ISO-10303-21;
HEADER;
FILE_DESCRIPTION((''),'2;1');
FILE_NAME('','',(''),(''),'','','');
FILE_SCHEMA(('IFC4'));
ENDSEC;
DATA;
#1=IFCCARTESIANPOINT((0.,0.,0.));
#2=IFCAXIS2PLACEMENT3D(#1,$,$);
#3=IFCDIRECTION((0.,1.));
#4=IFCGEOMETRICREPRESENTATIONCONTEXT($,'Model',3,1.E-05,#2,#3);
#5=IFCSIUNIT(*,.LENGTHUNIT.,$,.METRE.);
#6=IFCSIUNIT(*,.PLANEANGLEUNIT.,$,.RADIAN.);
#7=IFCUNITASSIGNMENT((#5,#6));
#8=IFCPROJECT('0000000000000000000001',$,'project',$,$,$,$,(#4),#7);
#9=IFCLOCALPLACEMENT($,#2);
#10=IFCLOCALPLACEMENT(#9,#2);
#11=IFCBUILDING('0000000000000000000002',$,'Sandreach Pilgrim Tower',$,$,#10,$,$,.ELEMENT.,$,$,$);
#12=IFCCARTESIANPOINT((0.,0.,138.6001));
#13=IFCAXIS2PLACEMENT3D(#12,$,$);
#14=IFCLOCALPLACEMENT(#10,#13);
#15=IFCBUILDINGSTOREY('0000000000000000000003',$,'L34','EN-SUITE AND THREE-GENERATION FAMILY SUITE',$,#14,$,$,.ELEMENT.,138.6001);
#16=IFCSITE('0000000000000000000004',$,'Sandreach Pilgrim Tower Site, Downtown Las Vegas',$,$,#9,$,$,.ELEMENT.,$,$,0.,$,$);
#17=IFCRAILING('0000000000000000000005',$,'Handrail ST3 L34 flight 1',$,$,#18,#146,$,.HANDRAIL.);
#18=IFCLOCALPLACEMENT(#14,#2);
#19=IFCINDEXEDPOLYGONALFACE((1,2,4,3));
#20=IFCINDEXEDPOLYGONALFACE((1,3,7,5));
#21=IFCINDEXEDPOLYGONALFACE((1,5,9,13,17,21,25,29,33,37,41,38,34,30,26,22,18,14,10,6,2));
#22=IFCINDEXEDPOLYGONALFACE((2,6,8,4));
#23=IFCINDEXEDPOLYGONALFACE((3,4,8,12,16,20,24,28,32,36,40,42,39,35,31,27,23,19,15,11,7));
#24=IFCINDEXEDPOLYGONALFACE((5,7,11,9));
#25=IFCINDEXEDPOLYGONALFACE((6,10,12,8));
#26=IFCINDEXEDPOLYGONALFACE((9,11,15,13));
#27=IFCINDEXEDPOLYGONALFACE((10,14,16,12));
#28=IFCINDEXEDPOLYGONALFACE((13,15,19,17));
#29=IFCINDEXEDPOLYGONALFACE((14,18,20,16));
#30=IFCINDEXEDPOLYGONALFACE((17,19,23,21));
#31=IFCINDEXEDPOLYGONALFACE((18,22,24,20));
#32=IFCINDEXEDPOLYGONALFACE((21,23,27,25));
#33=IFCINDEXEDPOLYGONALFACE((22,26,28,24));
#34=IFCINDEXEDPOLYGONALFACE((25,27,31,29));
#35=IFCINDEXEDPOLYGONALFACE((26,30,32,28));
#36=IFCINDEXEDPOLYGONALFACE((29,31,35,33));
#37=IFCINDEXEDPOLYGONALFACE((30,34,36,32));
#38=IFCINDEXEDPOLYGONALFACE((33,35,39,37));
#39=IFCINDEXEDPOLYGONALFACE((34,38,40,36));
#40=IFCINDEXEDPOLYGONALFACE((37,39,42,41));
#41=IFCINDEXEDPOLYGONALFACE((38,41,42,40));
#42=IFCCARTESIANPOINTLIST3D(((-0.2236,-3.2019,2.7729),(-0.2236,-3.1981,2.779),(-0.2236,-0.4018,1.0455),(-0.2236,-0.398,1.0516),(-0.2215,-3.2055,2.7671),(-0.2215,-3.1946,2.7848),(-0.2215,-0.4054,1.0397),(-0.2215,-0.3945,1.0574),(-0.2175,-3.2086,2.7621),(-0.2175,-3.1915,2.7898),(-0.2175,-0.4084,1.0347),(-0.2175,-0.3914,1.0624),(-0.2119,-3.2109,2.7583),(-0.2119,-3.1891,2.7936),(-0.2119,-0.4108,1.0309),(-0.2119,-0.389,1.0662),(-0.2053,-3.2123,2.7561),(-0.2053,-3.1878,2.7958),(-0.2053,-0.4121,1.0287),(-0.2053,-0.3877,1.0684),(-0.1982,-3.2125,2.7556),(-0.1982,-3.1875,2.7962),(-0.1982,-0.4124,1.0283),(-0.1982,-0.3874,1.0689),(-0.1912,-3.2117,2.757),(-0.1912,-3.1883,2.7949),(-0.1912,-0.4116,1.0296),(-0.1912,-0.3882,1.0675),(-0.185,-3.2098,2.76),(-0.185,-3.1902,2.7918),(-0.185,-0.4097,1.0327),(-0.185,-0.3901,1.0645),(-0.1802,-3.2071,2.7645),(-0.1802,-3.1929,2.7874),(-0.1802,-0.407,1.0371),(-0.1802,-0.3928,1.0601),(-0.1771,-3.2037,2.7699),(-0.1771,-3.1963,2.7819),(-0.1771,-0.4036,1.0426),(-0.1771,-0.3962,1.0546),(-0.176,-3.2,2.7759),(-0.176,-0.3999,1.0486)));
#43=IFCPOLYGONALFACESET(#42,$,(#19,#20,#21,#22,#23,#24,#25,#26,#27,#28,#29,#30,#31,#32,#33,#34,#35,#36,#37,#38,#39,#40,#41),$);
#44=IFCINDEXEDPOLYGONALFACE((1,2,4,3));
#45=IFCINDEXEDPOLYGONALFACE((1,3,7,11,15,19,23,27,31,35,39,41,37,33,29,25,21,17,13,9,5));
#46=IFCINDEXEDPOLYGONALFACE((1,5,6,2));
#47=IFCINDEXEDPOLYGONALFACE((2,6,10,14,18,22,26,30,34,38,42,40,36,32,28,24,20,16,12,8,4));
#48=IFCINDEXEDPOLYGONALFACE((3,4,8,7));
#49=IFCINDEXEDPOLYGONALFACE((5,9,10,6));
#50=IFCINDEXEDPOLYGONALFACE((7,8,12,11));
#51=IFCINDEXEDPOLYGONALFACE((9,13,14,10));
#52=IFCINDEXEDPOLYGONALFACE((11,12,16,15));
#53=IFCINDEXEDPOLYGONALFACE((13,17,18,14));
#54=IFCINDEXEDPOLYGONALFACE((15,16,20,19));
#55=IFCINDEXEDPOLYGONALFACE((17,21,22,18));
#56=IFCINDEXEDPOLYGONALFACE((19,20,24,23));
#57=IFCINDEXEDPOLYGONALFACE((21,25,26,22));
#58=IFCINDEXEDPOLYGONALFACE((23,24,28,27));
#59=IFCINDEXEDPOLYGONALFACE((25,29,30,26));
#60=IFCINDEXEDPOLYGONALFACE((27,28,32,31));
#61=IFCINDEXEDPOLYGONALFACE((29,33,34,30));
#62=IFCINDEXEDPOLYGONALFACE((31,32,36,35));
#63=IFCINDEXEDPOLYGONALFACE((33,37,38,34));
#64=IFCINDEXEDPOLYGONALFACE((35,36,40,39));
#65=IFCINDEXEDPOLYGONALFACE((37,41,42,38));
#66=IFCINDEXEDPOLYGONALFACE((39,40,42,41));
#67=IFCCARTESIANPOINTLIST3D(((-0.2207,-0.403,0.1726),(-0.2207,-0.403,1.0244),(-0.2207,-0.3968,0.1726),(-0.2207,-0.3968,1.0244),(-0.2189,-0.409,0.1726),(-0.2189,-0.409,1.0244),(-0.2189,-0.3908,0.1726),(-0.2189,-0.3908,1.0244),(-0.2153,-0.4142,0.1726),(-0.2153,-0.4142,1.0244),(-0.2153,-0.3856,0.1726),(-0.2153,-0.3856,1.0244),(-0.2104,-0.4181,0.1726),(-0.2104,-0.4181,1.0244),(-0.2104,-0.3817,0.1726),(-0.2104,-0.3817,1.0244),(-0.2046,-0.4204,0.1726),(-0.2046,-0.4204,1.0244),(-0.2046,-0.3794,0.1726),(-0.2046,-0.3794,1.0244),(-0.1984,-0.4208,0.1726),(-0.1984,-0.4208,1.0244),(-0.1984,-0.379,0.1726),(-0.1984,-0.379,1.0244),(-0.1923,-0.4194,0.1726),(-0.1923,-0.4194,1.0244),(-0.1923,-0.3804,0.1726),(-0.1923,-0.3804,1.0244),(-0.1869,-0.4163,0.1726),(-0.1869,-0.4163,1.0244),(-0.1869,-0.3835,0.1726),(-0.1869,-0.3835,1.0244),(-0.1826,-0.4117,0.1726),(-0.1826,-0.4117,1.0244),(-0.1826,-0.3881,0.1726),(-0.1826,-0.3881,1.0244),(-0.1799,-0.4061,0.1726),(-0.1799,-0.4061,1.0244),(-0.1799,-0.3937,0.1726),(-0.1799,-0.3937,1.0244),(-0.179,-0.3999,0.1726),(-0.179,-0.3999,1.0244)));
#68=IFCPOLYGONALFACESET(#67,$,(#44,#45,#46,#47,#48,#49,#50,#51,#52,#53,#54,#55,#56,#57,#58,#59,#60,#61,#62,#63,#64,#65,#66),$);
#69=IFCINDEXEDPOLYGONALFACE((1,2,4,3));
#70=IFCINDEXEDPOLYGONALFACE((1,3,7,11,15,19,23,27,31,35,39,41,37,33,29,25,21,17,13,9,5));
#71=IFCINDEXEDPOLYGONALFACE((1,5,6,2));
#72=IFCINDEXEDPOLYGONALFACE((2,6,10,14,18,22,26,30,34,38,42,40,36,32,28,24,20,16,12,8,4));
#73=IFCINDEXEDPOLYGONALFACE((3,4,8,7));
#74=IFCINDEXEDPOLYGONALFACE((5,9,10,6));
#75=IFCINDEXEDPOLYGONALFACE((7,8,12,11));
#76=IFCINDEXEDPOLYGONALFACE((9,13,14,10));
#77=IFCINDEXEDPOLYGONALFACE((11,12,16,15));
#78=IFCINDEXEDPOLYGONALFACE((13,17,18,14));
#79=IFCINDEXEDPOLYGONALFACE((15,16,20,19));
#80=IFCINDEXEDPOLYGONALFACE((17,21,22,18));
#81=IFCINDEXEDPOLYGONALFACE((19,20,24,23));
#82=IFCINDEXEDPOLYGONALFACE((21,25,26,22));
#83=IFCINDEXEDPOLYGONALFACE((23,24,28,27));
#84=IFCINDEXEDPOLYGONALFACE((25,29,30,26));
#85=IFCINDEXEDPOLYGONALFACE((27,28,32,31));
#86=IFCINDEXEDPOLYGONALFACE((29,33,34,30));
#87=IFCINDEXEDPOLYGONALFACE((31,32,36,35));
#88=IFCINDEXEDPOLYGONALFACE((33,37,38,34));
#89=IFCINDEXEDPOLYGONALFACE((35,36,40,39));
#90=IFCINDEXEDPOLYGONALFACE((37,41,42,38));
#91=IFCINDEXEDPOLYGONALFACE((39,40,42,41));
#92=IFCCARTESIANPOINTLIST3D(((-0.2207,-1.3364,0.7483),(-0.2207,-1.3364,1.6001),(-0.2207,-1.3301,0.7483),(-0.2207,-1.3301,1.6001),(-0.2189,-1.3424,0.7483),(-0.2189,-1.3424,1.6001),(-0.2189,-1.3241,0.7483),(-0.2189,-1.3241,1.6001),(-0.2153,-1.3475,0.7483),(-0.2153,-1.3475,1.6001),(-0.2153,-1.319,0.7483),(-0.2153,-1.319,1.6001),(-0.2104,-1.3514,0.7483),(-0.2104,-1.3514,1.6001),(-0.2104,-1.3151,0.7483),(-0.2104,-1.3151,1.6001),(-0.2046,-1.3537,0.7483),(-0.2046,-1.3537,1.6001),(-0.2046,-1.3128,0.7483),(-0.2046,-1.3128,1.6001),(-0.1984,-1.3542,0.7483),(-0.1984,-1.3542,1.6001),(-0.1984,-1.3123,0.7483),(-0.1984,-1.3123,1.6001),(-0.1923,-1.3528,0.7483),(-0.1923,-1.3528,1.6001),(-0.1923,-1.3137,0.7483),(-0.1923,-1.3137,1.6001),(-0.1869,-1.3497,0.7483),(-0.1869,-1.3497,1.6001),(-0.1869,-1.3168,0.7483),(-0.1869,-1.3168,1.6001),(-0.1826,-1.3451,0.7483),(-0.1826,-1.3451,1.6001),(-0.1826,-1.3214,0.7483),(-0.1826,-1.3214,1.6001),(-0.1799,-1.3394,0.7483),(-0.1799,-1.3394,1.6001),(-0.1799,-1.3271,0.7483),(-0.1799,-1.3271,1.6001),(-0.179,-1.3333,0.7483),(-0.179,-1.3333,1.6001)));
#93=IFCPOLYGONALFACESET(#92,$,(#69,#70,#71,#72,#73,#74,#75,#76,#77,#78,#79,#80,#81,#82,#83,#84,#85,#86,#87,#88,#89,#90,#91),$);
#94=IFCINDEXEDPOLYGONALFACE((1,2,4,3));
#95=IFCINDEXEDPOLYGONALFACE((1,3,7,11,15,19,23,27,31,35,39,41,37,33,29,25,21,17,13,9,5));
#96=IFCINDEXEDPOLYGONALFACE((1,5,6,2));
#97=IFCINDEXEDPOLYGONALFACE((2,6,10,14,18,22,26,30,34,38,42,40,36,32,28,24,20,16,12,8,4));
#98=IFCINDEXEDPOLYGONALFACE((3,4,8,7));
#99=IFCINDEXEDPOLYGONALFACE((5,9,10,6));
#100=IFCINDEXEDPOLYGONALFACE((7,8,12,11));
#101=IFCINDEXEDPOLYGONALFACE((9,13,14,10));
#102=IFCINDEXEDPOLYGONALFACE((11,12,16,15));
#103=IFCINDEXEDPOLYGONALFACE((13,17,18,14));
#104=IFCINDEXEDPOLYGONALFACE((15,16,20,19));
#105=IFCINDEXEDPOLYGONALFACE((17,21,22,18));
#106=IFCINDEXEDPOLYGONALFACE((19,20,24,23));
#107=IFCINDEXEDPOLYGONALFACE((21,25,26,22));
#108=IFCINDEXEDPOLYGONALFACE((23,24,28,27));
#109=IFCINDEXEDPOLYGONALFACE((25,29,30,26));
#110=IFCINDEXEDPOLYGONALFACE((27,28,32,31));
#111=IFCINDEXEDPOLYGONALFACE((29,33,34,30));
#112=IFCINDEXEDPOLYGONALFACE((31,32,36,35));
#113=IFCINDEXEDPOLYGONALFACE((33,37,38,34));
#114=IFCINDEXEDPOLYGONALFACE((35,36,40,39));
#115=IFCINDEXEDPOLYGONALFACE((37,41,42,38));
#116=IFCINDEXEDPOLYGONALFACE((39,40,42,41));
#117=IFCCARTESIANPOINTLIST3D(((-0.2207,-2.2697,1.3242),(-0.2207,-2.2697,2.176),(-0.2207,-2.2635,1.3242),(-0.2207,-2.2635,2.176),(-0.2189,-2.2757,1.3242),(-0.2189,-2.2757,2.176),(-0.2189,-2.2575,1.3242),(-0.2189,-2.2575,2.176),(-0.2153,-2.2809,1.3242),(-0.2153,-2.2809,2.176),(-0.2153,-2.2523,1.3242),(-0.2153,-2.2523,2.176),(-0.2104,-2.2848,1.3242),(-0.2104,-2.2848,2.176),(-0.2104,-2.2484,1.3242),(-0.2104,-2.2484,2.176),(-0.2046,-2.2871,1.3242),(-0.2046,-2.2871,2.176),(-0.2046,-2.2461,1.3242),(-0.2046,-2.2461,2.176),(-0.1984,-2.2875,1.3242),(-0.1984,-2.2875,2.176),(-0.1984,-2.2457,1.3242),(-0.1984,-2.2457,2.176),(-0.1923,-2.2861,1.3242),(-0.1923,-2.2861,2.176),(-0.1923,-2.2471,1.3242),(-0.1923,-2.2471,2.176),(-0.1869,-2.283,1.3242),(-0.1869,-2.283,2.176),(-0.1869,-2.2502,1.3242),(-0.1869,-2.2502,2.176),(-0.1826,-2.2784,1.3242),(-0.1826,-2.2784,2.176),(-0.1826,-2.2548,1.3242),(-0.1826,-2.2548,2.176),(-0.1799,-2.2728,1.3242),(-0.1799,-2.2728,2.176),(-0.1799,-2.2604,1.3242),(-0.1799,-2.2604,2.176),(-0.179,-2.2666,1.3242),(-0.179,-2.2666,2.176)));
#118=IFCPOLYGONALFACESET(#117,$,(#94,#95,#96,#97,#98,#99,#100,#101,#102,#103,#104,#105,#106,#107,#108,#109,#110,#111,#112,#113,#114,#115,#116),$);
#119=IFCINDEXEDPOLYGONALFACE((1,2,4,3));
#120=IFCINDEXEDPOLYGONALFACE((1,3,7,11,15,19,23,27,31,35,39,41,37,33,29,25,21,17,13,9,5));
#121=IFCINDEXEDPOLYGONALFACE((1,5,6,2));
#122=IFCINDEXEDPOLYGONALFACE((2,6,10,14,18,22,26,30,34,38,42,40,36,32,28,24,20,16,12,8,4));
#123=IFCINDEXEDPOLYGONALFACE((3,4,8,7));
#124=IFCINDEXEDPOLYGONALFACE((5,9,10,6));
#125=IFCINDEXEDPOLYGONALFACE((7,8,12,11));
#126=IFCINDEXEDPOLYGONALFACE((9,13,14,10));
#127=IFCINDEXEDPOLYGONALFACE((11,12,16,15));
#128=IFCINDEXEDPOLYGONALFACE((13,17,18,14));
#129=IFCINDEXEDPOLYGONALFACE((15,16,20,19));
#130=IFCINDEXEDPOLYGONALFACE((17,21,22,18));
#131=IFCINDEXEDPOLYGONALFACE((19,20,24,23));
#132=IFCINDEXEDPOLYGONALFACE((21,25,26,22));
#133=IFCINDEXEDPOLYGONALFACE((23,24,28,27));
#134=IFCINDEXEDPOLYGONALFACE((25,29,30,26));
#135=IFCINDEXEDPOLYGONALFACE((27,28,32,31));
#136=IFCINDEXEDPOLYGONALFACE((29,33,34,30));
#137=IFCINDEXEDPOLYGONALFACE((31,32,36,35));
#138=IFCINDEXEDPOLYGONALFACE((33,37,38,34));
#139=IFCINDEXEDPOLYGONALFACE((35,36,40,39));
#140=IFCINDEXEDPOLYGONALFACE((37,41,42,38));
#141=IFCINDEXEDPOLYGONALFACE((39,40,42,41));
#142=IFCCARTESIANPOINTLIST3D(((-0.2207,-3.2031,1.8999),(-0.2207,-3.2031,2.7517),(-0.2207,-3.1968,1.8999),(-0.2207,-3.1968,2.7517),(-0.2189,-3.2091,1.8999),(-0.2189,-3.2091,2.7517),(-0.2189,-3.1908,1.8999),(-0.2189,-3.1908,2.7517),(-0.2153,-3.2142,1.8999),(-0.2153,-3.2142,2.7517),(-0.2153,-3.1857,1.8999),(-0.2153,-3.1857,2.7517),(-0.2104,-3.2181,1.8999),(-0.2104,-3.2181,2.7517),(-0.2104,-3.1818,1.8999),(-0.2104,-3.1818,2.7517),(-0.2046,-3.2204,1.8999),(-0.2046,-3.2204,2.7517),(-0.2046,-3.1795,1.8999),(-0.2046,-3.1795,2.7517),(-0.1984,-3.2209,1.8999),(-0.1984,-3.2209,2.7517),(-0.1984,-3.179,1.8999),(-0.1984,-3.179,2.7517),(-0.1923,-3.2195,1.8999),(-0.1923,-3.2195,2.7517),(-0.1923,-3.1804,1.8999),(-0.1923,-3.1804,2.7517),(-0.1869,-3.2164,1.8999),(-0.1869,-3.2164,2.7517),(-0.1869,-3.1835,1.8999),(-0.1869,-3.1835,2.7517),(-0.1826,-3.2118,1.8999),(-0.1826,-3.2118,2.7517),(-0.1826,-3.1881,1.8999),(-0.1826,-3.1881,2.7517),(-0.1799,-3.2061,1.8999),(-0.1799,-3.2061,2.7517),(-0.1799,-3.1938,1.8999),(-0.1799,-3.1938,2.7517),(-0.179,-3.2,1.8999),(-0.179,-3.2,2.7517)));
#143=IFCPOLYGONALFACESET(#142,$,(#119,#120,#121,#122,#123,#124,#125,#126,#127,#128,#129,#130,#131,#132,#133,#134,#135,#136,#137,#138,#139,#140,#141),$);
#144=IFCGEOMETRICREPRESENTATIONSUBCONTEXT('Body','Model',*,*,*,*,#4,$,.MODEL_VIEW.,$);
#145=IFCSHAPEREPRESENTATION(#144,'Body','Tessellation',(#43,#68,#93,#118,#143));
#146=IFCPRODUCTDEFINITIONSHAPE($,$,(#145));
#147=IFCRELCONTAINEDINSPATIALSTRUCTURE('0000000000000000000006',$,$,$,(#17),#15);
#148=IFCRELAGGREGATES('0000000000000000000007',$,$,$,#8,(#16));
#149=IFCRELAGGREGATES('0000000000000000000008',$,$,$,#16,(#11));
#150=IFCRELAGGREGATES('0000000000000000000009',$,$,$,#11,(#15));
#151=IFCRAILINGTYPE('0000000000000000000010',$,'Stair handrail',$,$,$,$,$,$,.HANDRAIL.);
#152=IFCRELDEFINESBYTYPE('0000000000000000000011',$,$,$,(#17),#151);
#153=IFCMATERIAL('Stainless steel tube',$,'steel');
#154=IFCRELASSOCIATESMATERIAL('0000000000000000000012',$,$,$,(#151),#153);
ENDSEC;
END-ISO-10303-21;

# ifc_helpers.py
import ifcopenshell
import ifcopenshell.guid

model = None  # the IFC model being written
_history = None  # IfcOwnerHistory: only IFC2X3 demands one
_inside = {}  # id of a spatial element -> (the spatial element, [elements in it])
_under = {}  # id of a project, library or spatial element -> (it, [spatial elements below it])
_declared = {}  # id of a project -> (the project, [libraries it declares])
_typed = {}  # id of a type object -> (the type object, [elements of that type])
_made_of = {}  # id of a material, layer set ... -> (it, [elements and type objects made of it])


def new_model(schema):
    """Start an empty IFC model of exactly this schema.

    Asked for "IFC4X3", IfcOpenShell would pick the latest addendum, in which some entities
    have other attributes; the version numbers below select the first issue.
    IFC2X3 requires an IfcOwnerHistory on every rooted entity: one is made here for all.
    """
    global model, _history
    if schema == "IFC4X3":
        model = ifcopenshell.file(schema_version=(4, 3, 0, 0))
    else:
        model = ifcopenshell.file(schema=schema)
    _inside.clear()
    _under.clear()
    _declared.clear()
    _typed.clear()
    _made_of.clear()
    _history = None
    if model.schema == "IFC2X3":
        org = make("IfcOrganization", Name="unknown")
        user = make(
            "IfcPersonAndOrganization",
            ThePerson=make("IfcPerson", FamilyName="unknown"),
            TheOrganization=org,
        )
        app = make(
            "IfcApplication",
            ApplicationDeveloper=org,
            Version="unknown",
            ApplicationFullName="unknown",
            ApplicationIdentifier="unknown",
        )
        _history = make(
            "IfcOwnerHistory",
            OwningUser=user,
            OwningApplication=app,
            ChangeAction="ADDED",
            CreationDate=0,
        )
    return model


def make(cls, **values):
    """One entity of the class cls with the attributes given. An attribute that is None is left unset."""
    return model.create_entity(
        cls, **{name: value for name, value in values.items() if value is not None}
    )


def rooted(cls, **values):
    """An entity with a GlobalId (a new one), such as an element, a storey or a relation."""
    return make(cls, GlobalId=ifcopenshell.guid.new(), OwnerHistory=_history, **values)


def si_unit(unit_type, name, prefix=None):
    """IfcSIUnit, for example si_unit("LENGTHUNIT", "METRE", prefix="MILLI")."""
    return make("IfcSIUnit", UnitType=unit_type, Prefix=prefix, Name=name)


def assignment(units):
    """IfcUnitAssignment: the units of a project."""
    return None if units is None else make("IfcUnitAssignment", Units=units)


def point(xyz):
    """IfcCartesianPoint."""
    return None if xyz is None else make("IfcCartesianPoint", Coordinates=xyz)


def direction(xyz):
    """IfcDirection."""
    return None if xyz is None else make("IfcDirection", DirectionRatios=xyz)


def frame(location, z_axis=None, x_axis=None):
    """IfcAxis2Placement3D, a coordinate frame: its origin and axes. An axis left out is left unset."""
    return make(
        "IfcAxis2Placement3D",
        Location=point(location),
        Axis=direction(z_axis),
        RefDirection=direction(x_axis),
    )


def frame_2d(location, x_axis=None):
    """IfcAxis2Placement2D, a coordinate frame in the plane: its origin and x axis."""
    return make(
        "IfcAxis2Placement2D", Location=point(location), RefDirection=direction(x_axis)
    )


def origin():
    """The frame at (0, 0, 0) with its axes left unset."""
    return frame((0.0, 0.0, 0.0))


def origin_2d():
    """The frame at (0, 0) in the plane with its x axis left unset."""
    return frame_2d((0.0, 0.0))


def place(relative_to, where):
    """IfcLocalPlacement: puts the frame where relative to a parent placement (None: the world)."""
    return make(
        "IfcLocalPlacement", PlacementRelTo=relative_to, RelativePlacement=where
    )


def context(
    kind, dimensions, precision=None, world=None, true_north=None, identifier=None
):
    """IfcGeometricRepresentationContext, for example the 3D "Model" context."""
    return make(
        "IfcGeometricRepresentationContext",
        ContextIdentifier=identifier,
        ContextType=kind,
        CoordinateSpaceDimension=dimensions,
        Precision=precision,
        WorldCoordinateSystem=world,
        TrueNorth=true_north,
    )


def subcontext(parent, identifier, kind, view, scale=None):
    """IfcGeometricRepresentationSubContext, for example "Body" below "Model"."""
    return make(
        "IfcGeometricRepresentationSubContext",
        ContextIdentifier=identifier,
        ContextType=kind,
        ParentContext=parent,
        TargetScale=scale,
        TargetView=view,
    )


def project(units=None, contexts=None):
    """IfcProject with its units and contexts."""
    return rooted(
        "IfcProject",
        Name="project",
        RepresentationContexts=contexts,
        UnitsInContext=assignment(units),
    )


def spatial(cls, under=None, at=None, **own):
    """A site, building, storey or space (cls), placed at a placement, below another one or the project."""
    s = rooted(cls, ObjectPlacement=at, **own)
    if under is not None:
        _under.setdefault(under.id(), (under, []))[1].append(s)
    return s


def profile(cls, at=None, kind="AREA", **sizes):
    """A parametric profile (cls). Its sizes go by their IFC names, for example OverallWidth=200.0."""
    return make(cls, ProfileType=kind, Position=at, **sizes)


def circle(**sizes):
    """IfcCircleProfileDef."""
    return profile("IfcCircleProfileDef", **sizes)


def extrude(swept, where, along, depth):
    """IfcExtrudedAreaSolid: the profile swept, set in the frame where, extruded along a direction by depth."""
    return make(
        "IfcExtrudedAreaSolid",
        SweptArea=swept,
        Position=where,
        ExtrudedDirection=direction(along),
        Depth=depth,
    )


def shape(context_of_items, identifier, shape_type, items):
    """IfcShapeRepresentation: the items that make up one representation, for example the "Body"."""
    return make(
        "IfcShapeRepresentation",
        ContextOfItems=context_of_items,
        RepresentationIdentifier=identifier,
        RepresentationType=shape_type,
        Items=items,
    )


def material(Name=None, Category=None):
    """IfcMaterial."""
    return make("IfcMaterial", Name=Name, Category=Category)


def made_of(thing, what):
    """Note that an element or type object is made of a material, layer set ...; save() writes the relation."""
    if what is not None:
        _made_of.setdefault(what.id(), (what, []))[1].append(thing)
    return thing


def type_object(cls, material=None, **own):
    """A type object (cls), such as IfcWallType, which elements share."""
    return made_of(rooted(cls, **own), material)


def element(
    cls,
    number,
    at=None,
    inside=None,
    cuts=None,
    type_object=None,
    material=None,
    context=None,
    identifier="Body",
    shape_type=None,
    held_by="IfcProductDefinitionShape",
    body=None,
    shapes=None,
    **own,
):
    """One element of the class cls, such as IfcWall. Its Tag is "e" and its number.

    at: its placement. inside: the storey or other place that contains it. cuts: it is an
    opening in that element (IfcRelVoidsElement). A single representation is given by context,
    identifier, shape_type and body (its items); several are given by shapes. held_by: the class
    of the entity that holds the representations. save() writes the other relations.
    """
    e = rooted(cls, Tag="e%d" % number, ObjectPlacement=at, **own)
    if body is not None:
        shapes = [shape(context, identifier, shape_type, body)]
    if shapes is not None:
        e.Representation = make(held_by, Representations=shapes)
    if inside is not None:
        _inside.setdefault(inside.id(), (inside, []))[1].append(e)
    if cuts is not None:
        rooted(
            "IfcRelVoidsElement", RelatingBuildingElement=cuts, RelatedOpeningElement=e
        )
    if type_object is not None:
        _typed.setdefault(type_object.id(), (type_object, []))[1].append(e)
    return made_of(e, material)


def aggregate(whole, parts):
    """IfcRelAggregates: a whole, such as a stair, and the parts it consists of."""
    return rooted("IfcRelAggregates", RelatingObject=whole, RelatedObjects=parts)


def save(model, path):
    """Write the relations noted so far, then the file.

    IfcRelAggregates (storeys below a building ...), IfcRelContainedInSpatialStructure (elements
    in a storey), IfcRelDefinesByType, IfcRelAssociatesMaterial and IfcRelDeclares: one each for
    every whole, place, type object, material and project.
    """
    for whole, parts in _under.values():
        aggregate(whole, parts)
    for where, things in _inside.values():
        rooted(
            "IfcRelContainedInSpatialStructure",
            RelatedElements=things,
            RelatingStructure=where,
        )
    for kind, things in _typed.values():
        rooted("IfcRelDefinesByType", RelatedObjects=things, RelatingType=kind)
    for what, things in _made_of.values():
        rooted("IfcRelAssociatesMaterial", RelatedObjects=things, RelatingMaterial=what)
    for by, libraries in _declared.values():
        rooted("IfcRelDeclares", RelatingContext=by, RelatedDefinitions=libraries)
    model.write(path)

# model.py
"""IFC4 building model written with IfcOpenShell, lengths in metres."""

from ifc_helpers import new_model, si_unit, direction, frame, origin, origin_2d, place, context, subcontext, project, spatial, circle, extrude, material, type_object, element, save


model = new_model("IFC4")

# Units and contexts
model_context = context("Model", 3, precision=1e-05, world=origin(), true_north=direction((0.0, 1.0)))
body_context = subcontext(model_context, "Body", "Model", "MODEL_VIEW")
ifc_project = project(units=[si_unit("LENGTHUNIT", "METRE"), si_unit("PLANEANGLEUNIT", "RADIAN")], contexts=[model_context])

# Site, building, storey
site_placement = place(None, origin())
site = spatial("IfcSite", under=ifc_project, at=site_placement, Name="Sandreach Pilgrim Tower Site, Downtown Las Vegas", CompositionType="ELEMENT", RefElevation=0.0)
building_placement = place(site_placement, origin())
building = spatial("IfcBuilding", under=site, at=building_placement, Name="Sandreach Pilgrim Tower", CompositionType="ELEMENT")
storey_placement = place(building_placement, frame((0.0, 0.0, 138.6001)))
storey = spatial("IfcBuildingStorey", under=building, at=storey_placement, Name="L34", Description="EN-SUITE AND THREE-GENERATION FAMILY SUITE", CompositionType="ELEMENT", Elevation=138.6001)

# Railing
ifc_material_1 = material(Name="Stainless steel tube", Category="steel")
railing_type = type_object("IfcRailingType", Name="Stair handrail", PredefinedType="HANDRAIL", material=ifc_material_1)
for number, where, name in (
    (1, (-0.2, -0.3999, 0.1726), "Handrail ST3 L34 flight 1"),
):
    element("IfcRailing", number, at=place(storey_placement, frame(where)), inside=storey, type_object=railing_type, Name=name, PredefinedType="HANDRAIL", context=body_context, shape_type="SweptSolid", body=[
        extrude(circle(Radius=0.0239, at=origin_2d()), frame((0.0, 0.0, 0.876), z_axis=(0.0, -0.85109, 0.52502), x_axis=(1.0, 0.0, 0.0)), (0.0, 0.0, 1.0), 3.29),
        extrude(circle(Radius=0.021, at=origin_2d()), origin(), (0.0, 0.0, 1.0), 0.8518),
        extrude(circle(Radius=0.021, at=origin_2d()), frame((0.0, -0.9333, 0.5757)), (0.0, 0.0, 1.0), 0.8518),
        extrude(circle(Radius=0.021, at=origin_2d()), frame((0.0, -1.8667, 1.1516)), (0.0, 0.0, 1.0), 0.8518),
        extrude(circle(Radius=0.021, at=origin_2d()), frame((0.0, -2.8, 1.7273)), (0.0, 0.0, 1.0), 0.8518),
    ])

save(model, "model.ifc")
